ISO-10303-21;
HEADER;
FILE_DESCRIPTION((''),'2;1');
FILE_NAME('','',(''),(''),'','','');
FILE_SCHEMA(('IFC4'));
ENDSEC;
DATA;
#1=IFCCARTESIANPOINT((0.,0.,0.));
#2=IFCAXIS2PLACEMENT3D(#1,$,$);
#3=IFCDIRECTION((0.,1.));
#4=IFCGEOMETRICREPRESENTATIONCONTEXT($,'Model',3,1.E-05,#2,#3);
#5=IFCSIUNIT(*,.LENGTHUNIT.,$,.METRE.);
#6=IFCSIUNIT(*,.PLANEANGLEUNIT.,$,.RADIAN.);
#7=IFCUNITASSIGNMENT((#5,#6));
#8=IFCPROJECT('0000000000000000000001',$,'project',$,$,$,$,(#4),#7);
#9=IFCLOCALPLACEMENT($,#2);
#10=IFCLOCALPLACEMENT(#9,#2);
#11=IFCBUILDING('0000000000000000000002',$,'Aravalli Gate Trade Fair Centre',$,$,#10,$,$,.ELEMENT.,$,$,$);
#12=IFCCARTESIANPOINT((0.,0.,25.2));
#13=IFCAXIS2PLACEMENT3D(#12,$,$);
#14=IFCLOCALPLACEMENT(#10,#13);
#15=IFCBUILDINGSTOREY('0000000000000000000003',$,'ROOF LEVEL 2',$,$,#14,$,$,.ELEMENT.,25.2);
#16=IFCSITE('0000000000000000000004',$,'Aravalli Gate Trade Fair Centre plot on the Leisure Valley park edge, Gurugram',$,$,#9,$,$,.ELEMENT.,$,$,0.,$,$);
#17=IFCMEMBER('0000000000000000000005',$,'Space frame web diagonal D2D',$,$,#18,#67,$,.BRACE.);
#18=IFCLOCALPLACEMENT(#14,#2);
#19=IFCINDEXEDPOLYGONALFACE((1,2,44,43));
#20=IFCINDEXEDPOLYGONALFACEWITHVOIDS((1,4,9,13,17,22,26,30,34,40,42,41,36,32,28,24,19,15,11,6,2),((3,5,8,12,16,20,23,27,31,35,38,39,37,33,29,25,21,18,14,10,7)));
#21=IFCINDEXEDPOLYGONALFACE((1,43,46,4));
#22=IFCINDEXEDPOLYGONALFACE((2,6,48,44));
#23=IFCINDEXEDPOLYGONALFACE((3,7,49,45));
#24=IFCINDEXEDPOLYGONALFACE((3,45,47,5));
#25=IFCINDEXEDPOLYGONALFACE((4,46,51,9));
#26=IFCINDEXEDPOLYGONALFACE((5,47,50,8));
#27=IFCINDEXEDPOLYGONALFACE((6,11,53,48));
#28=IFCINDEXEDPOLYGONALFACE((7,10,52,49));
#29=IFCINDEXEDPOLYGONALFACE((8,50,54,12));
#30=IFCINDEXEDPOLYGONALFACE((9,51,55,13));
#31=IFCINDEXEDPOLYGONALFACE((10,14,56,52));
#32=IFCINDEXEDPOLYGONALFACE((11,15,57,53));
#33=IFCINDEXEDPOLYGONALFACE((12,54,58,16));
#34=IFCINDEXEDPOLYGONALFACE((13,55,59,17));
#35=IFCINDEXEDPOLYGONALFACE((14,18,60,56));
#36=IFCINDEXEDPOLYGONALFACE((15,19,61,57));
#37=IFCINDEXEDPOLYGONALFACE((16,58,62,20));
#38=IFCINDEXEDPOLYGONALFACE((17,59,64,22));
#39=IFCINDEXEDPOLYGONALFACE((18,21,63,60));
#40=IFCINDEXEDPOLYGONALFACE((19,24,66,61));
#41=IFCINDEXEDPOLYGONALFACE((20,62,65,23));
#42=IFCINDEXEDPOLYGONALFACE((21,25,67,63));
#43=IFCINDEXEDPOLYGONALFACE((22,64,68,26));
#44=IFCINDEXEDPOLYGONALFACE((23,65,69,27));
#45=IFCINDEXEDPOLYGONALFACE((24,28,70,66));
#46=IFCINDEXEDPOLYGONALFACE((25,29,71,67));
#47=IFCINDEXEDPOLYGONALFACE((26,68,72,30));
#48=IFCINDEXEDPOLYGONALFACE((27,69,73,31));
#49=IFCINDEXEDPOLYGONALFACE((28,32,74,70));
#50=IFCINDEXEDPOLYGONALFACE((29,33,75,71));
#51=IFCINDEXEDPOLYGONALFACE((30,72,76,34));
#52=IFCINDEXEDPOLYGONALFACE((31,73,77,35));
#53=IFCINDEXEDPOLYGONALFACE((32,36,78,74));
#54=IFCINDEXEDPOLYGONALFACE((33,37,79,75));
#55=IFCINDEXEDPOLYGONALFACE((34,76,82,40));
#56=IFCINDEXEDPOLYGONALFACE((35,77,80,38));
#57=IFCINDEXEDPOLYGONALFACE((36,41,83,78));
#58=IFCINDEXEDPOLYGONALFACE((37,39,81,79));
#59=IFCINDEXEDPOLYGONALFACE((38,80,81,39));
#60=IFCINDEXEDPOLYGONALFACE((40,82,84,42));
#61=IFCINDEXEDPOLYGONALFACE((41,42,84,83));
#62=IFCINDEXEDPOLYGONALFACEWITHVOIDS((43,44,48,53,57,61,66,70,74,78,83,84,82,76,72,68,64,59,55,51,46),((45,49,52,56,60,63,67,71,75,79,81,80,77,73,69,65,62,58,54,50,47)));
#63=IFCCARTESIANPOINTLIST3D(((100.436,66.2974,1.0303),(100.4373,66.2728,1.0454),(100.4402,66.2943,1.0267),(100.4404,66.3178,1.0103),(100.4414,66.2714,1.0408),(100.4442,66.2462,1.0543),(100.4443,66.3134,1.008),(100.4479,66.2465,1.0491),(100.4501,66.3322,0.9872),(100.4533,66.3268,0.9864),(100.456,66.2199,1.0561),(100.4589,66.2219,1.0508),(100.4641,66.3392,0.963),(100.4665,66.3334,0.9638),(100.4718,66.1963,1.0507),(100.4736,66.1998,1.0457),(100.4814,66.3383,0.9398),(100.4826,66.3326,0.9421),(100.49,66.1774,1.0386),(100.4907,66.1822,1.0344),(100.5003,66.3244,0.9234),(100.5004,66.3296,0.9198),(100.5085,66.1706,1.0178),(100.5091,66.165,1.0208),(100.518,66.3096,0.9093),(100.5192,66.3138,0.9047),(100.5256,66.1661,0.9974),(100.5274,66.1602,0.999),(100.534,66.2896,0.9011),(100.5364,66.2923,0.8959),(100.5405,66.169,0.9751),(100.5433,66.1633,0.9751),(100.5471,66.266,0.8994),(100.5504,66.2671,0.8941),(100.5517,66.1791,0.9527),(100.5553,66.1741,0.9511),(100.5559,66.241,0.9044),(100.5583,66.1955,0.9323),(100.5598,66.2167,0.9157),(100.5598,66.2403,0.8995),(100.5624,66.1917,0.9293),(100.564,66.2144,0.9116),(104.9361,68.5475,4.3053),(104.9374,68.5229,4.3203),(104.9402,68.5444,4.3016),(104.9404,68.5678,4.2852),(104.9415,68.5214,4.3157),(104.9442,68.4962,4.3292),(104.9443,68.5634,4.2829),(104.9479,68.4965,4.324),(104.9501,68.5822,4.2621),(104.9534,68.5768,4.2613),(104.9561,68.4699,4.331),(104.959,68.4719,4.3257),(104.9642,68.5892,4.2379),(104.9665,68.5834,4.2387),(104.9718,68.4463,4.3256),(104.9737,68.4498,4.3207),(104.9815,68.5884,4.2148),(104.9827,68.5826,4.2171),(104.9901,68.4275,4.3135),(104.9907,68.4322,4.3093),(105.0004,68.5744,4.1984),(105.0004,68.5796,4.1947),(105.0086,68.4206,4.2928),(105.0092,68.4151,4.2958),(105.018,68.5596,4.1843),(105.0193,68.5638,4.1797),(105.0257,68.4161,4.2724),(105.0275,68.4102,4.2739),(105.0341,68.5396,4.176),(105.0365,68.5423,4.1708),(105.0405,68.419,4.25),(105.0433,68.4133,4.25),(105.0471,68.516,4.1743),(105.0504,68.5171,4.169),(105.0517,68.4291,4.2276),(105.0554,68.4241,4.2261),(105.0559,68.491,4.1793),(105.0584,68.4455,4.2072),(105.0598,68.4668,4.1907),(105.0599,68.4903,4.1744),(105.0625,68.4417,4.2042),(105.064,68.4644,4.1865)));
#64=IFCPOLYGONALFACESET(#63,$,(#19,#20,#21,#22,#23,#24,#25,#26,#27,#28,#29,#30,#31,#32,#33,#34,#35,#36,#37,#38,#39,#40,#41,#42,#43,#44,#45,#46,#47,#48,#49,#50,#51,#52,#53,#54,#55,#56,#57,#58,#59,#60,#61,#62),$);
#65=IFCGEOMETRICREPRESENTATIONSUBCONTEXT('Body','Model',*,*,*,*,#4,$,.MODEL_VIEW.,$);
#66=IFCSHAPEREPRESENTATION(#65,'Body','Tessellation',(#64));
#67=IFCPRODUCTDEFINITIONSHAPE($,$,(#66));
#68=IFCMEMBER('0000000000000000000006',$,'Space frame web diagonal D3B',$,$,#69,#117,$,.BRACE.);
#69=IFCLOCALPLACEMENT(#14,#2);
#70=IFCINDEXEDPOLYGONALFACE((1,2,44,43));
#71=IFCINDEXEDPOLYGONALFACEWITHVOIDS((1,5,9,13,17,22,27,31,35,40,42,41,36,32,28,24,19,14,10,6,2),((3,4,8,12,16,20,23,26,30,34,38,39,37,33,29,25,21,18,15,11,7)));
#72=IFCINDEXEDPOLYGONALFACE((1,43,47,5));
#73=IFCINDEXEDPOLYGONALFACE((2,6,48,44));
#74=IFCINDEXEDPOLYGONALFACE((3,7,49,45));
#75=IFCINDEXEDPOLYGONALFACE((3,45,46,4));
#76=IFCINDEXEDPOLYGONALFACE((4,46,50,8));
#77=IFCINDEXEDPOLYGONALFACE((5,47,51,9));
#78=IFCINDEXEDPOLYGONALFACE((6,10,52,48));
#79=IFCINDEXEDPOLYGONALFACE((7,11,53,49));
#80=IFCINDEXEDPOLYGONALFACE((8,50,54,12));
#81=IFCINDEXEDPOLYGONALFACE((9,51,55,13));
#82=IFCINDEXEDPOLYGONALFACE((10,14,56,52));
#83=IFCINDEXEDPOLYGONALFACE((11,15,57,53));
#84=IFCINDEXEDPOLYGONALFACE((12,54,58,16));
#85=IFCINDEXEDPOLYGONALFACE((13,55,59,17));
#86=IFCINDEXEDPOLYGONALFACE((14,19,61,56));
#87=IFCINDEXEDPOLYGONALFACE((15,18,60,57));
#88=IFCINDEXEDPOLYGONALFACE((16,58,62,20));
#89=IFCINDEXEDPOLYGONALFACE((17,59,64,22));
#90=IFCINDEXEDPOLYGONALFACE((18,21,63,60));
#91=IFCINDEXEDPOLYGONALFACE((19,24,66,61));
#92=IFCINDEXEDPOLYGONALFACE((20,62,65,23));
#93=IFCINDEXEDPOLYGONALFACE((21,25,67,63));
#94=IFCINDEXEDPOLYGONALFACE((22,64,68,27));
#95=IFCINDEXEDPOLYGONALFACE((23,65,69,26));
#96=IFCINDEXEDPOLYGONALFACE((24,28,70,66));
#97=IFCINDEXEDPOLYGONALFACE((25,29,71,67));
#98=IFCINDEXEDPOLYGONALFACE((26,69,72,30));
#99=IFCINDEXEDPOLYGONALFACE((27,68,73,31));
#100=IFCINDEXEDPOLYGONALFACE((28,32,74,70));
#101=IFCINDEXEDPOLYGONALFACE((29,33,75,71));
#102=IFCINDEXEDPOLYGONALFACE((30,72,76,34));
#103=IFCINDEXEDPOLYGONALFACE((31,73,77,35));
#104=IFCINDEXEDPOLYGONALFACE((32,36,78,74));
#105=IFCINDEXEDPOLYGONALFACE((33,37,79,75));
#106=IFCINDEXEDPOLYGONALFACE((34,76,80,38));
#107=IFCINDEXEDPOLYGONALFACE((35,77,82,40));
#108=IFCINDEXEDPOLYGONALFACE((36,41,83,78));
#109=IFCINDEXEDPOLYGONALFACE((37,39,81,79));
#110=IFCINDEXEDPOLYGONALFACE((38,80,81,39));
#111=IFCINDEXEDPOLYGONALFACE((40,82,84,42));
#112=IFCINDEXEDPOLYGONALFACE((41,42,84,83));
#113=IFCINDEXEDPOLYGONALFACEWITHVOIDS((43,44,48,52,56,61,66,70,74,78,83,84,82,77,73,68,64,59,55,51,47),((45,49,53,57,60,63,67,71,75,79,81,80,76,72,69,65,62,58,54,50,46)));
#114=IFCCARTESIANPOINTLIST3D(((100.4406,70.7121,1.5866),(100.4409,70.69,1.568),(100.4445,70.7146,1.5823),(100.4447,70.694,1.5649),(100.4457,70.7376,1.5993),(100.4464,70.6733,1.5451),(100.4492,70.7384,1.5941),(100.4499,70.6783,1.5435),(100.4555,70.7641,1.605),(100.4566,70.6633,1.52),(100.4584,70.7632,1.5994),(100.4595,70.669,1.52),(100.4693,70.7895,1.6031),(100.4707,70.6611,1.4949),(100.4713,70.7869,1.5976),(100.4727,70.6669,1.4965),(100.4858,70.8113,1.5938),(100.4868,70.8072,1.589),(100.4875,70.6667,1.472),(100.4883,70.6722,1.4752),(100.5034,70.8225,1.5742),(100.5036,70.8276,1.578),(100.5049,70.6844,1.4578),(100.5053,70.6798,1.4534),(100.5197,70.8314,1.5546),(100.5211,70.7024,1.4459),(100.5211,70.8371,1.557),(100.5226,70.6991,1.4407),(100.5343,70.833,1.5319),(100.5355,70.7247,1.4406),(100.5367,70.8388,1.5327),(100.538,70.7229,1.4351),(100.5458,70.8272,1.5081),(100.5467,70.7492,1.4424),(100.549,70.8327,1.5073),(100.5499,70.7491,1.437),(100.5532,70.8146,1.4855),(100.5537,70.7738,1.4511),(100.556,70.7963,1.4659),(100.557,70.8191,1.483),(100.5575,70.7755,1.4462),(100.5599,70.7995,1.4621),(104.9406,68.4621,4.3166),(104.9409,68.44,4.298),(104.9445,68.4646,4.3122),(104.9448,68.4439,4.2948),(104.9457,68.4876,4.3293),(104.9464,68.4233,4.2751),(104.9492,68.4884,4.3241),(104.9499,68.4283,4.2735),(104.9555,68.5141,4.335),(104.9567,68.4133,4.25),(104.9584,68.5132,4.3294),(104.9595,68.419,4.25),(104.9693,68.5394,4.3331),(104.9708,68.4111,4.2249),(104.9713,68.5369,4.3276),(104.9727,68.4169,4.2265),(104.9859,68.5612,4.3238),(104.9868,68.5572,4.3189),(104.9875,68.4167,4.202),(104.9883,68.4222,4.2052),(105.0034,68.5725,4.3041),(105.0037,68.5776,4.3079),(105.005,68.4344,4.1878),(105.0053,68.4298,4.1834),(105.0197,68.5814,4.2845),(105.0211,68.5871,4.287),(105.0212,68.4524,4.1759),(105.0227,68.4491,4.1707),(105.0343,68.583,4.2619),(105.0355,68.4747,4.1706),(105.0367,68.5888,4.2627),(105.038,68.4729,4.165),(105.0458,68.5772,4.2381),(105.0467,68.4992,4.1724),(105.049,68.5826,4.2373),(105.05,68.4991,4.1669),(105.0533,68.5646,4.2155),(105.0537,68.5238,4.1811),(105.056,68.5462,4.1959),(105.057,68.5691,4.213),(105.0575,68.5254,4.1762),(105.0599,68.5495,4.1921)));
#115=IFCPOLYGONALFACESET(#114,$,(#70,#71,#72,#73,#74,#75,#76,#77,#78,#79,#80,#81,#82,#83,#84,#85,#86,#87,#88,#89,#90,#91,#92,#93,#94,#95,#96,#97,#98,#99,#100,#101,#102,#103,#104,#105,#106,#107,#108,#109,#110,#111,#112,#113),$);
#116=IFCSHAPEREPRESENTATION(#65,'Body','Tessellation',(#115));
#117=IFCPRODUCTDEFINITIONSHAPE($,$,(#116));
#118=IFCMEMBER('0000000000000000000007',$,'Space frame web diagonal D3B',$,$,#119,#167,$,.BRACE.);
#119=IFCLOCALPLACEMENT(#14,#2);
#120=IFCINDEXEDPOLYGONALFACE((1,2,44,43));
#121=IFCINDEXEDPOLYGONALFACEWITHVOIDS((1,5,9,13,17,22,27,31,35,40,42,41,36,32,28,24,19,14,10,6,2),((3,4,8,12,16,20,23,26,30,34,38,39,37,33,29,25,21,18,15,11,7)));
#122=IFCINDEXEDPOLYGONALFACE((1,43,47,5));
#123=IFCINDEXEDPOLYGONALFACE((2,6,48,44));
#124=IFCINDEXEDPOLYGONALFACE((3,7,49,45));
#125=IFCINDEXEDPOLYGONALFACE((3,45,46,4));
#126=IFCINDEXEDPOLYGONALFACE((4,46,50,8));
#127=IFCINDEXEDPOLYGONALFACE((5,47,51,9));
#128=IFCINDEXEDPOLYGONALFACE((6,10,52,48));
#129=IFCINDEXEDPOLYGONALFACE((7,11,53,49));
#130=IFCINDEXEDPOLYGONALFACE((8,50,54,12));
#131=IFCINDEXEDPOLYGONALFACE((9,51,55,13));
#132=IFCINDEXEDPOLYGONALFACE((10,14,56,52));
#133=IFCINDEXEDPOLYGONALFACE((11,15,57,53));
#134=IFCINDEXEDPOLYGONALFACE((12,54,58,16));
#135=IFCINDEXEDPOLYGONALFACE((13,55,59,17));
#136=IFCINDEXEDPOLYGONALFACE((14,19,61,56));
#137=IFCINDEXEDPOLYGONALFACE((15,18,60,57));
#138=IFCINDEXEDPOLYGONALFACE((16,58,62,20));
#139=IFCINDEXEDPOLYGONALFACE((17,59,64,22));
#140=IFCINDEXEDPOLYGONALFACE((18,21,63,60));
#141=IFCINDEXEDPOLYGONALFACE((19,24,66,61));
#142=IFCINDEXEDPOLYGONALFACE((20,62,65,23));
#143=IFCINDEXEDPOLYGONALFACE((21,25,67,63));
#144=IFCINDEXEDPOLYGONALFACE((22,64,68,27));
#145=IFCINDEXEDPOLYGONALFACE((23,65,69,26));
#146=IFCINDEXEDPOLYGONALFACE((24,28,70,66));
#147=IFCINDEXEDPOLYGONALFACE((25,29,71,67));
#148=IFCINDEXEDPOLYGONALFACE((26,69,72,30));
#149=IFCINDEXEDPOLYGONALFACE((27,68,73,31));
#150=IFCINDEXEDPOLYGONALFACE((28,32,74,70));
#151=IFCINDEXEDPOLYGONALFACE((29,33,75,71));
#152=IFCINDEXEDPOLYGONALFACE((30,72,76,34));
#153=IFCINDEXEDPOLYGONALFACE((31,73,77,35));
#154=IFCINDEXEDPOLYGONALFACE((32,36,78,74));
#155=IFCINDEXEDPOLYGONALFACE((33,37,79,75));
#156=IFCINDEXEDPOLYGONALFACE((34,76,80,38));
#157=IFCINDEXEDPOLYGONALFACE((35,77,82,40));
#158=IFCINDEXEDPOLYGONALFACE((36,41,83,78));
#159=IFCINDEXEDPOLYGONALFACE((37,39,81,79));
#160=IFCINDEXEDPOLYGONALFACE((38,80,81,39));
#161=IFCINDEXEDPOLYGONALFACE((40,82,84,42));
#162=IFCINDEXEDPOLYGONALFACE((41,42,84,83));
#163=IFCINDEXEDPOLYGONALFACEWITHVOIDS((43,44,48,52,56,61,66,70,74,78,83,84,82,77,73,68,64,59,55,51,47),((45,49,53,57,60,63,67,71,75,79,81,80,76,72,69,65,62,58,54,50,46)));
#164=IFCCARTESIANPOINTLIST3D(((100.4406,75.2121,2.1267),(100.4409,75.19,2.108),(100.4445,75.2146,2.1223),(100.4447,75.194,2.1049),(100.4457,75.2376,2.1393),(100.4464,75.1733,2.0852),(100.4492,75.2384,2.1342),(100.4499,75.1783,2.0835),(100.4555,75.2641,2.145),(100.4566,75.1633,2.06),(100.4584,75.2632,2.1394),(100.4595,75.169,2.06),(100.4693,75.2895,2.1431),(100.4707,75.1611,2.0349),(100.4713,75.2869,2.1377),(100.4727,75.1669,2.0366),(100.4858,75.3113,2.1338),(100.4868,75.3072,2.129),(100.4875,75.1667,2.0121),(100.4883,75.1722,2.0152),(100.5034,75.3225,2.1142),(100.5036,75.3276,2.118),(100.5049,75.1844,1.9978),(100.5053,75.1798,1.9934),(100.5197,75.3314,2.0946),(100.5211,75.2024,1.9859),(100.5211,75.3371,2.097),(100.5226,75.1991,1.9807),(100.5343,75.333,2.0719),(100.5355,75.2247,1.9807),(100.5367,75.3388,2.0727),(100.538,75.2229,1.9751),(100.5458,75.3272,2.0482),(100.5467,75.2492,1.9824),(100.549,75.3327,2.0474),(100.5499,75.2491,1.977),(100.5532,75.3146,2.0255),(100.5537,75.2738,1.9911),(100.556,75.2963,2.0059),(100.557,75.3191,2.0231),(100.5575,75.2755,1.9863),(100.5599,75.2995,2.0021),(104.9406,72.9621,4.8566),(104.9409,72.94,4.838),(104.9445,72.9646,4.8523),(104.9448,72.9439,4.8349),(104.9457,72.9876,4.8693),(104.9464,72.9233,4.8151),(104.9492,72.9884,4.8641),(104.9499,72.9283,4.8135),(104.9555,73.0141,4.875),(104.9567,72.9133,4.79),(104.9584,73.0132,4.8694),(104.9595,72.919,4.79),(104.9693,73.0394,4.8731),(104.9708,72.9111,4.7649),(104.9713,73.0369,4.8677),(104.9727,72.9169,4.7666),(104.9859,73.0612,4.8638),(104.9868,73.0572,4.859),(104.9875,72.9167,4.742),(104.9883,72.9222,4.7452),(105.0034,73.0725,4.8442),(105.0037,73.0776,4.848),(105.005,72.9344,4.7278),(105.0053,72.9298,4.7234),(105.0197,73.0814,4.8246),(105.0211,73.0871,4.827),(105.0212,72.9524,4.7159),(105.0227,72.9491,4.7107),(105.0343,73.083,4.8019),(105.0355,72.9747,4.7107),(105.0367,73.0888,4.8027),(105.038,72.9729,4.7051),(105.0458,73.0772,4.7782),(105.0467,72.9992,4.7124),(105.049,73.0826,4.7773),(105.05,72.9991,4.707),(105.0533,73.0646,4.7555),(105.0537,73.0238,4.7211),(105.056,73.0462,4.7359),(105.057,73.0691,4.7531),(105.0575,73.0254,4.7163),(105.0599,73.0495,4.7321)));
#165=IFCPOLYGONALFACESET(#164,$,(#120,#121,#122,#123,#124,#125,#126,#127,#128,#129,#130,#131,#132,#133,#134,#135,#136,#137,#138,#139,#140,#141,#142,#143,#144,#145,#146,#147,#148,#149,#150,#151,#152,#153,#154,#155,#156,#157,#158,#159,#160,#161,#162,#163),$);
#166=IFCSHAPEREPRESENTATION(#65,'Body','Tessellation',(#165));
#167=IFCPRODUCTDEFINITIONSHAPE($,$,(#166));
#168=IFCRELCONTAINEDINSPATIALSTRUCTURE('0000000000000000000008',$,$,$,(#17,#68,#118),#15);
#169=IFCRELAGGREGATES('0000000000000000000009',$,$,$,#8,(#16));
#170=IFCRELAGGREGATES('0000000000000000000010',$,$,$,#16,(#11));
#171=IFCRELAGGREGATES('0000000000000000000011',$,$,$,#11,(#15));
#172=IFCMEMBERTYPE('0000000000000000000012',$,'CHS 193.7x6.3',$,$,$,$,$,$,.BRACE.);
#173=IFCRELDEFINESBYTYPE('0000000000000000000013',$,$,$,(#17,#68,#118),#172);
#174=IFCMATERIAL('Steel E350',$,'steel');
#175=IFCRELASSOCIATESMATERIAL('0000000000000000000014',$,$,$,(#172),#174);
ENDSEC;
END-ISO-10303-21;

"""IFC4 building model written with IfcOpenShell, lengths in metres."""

from ifc_helpers import new_model, si_unit, direction, frame, origin, origin_2d, place, context, subcontext, project, spatial, hollow_circle, extrude, material, material_profile, profile_set, type_object, element, save


model = new_model("IFC4")

# Units and contexts
model_context = context("Model", 3, precision=1e-05, world=origin(), true_north=direction((0.0, 1.0)))
body_context = subcontext(model_context, "Body", "Model", "MODEL_VIEW")
ifc_project = project(units=[si_unit("LENGTHUNIT", "METRE"), si_unit("PLANEANGLEUNIT", "RADIAN")], contexts=[model_context])

# Site, building, storey
site_placement = place(None, origin())
site = spatial("IfcSite", under=ifc_project, at=site_placement, Name="Aravalli Gate Trade Fair Centre plot on the Leisure Valley park edge, Gurugram", CompositionType="ELEMENT", RefElevation=0.0)
building_placement = place(site_placement, origin())
building = spatial("IfcBuilding", under=site, at=building_placement, Name="Aravalli Gate Trade Fair Centre", CompositionType="ELEMENT")
storey_placement = place(building_placement, frame((0.0, 0.0, 25.2)))
storey = spatial("IfcBuildingStorey", under=building, at=storey_placement, Name="ROOF LEVEL 2", CompositionType="ELEMENT", Elevation=25.2)

# Members
ifc_material_1 = material(Name="Steel E350", Category="steel")
ifc_material_profile_1 = material_profile(ifc_material_1, hollow_circle(Radius=0.0969, WallThickness=0.0063, at=origin_2d()), Name="CHS 193.7x6.3")
ifc_profile_set_1 = profile_set([ifc_material_profile_1], Name="Steel E350")
member_type_1 = type_object("IfcMemberType", Name="CHS 193.7x6.3", PredefinedType="BRACE", material=ifc_profile_set_1)
for number, where, z_axis, x_axis, name in (
    (1, (105.0, 68.5, 4.25), (-0.74961, -0.374805, -0.545533), (0.447214, -0.894427, 0.0), "Space frame web diagonal D2D"),
):
    element("IfcMember", number, at=place(storey_placement, frame(where, z_axis=z_axis, x_axis=x_axis)), inside=storey, type_object=member_type_1, Name=name, PredefinedType="BRACE", context=body_context, shape_type="SweptSolid", body=[
        extrude(hollow_circle(Radius=0.0969, WallThickness=0.0063, at=origin_2d()), origin(), (0.0, 0.0, 1.0), 6.0032),
    ])
for number, where, z_axis, x_axis, name in (
    (2, (105.0, 68.5, 4.25), (-0.78615, 0.393075, -0.476928), (-0.447214, -0.894427, 0.0), "Space frame web diagonal D3B"),
    (3, (105.0, 73.0, 4.79), (-0.78615, 0.393075, -0.476928), (-0.447214, -0.894427, 0.0), "Space frame web diagonal D3B"),
):
    element("IfcMember", number, at=place(storey_placement, frame(where, z_axis=z_axis, x_axis=x_axis)), inside=storey, type_object=member_type_1, Name=name, PredefinedType="BRACE", context=body_context, shape_type="SweptSolid", body=[
        extrude(hollow_circle(Radius=0.0969, WallThickness=0.0063, at=origin_2d()), origin(), (0.0, 0.0, 1.0), 5.7241),
    ])

save(model, "model.ifc")
